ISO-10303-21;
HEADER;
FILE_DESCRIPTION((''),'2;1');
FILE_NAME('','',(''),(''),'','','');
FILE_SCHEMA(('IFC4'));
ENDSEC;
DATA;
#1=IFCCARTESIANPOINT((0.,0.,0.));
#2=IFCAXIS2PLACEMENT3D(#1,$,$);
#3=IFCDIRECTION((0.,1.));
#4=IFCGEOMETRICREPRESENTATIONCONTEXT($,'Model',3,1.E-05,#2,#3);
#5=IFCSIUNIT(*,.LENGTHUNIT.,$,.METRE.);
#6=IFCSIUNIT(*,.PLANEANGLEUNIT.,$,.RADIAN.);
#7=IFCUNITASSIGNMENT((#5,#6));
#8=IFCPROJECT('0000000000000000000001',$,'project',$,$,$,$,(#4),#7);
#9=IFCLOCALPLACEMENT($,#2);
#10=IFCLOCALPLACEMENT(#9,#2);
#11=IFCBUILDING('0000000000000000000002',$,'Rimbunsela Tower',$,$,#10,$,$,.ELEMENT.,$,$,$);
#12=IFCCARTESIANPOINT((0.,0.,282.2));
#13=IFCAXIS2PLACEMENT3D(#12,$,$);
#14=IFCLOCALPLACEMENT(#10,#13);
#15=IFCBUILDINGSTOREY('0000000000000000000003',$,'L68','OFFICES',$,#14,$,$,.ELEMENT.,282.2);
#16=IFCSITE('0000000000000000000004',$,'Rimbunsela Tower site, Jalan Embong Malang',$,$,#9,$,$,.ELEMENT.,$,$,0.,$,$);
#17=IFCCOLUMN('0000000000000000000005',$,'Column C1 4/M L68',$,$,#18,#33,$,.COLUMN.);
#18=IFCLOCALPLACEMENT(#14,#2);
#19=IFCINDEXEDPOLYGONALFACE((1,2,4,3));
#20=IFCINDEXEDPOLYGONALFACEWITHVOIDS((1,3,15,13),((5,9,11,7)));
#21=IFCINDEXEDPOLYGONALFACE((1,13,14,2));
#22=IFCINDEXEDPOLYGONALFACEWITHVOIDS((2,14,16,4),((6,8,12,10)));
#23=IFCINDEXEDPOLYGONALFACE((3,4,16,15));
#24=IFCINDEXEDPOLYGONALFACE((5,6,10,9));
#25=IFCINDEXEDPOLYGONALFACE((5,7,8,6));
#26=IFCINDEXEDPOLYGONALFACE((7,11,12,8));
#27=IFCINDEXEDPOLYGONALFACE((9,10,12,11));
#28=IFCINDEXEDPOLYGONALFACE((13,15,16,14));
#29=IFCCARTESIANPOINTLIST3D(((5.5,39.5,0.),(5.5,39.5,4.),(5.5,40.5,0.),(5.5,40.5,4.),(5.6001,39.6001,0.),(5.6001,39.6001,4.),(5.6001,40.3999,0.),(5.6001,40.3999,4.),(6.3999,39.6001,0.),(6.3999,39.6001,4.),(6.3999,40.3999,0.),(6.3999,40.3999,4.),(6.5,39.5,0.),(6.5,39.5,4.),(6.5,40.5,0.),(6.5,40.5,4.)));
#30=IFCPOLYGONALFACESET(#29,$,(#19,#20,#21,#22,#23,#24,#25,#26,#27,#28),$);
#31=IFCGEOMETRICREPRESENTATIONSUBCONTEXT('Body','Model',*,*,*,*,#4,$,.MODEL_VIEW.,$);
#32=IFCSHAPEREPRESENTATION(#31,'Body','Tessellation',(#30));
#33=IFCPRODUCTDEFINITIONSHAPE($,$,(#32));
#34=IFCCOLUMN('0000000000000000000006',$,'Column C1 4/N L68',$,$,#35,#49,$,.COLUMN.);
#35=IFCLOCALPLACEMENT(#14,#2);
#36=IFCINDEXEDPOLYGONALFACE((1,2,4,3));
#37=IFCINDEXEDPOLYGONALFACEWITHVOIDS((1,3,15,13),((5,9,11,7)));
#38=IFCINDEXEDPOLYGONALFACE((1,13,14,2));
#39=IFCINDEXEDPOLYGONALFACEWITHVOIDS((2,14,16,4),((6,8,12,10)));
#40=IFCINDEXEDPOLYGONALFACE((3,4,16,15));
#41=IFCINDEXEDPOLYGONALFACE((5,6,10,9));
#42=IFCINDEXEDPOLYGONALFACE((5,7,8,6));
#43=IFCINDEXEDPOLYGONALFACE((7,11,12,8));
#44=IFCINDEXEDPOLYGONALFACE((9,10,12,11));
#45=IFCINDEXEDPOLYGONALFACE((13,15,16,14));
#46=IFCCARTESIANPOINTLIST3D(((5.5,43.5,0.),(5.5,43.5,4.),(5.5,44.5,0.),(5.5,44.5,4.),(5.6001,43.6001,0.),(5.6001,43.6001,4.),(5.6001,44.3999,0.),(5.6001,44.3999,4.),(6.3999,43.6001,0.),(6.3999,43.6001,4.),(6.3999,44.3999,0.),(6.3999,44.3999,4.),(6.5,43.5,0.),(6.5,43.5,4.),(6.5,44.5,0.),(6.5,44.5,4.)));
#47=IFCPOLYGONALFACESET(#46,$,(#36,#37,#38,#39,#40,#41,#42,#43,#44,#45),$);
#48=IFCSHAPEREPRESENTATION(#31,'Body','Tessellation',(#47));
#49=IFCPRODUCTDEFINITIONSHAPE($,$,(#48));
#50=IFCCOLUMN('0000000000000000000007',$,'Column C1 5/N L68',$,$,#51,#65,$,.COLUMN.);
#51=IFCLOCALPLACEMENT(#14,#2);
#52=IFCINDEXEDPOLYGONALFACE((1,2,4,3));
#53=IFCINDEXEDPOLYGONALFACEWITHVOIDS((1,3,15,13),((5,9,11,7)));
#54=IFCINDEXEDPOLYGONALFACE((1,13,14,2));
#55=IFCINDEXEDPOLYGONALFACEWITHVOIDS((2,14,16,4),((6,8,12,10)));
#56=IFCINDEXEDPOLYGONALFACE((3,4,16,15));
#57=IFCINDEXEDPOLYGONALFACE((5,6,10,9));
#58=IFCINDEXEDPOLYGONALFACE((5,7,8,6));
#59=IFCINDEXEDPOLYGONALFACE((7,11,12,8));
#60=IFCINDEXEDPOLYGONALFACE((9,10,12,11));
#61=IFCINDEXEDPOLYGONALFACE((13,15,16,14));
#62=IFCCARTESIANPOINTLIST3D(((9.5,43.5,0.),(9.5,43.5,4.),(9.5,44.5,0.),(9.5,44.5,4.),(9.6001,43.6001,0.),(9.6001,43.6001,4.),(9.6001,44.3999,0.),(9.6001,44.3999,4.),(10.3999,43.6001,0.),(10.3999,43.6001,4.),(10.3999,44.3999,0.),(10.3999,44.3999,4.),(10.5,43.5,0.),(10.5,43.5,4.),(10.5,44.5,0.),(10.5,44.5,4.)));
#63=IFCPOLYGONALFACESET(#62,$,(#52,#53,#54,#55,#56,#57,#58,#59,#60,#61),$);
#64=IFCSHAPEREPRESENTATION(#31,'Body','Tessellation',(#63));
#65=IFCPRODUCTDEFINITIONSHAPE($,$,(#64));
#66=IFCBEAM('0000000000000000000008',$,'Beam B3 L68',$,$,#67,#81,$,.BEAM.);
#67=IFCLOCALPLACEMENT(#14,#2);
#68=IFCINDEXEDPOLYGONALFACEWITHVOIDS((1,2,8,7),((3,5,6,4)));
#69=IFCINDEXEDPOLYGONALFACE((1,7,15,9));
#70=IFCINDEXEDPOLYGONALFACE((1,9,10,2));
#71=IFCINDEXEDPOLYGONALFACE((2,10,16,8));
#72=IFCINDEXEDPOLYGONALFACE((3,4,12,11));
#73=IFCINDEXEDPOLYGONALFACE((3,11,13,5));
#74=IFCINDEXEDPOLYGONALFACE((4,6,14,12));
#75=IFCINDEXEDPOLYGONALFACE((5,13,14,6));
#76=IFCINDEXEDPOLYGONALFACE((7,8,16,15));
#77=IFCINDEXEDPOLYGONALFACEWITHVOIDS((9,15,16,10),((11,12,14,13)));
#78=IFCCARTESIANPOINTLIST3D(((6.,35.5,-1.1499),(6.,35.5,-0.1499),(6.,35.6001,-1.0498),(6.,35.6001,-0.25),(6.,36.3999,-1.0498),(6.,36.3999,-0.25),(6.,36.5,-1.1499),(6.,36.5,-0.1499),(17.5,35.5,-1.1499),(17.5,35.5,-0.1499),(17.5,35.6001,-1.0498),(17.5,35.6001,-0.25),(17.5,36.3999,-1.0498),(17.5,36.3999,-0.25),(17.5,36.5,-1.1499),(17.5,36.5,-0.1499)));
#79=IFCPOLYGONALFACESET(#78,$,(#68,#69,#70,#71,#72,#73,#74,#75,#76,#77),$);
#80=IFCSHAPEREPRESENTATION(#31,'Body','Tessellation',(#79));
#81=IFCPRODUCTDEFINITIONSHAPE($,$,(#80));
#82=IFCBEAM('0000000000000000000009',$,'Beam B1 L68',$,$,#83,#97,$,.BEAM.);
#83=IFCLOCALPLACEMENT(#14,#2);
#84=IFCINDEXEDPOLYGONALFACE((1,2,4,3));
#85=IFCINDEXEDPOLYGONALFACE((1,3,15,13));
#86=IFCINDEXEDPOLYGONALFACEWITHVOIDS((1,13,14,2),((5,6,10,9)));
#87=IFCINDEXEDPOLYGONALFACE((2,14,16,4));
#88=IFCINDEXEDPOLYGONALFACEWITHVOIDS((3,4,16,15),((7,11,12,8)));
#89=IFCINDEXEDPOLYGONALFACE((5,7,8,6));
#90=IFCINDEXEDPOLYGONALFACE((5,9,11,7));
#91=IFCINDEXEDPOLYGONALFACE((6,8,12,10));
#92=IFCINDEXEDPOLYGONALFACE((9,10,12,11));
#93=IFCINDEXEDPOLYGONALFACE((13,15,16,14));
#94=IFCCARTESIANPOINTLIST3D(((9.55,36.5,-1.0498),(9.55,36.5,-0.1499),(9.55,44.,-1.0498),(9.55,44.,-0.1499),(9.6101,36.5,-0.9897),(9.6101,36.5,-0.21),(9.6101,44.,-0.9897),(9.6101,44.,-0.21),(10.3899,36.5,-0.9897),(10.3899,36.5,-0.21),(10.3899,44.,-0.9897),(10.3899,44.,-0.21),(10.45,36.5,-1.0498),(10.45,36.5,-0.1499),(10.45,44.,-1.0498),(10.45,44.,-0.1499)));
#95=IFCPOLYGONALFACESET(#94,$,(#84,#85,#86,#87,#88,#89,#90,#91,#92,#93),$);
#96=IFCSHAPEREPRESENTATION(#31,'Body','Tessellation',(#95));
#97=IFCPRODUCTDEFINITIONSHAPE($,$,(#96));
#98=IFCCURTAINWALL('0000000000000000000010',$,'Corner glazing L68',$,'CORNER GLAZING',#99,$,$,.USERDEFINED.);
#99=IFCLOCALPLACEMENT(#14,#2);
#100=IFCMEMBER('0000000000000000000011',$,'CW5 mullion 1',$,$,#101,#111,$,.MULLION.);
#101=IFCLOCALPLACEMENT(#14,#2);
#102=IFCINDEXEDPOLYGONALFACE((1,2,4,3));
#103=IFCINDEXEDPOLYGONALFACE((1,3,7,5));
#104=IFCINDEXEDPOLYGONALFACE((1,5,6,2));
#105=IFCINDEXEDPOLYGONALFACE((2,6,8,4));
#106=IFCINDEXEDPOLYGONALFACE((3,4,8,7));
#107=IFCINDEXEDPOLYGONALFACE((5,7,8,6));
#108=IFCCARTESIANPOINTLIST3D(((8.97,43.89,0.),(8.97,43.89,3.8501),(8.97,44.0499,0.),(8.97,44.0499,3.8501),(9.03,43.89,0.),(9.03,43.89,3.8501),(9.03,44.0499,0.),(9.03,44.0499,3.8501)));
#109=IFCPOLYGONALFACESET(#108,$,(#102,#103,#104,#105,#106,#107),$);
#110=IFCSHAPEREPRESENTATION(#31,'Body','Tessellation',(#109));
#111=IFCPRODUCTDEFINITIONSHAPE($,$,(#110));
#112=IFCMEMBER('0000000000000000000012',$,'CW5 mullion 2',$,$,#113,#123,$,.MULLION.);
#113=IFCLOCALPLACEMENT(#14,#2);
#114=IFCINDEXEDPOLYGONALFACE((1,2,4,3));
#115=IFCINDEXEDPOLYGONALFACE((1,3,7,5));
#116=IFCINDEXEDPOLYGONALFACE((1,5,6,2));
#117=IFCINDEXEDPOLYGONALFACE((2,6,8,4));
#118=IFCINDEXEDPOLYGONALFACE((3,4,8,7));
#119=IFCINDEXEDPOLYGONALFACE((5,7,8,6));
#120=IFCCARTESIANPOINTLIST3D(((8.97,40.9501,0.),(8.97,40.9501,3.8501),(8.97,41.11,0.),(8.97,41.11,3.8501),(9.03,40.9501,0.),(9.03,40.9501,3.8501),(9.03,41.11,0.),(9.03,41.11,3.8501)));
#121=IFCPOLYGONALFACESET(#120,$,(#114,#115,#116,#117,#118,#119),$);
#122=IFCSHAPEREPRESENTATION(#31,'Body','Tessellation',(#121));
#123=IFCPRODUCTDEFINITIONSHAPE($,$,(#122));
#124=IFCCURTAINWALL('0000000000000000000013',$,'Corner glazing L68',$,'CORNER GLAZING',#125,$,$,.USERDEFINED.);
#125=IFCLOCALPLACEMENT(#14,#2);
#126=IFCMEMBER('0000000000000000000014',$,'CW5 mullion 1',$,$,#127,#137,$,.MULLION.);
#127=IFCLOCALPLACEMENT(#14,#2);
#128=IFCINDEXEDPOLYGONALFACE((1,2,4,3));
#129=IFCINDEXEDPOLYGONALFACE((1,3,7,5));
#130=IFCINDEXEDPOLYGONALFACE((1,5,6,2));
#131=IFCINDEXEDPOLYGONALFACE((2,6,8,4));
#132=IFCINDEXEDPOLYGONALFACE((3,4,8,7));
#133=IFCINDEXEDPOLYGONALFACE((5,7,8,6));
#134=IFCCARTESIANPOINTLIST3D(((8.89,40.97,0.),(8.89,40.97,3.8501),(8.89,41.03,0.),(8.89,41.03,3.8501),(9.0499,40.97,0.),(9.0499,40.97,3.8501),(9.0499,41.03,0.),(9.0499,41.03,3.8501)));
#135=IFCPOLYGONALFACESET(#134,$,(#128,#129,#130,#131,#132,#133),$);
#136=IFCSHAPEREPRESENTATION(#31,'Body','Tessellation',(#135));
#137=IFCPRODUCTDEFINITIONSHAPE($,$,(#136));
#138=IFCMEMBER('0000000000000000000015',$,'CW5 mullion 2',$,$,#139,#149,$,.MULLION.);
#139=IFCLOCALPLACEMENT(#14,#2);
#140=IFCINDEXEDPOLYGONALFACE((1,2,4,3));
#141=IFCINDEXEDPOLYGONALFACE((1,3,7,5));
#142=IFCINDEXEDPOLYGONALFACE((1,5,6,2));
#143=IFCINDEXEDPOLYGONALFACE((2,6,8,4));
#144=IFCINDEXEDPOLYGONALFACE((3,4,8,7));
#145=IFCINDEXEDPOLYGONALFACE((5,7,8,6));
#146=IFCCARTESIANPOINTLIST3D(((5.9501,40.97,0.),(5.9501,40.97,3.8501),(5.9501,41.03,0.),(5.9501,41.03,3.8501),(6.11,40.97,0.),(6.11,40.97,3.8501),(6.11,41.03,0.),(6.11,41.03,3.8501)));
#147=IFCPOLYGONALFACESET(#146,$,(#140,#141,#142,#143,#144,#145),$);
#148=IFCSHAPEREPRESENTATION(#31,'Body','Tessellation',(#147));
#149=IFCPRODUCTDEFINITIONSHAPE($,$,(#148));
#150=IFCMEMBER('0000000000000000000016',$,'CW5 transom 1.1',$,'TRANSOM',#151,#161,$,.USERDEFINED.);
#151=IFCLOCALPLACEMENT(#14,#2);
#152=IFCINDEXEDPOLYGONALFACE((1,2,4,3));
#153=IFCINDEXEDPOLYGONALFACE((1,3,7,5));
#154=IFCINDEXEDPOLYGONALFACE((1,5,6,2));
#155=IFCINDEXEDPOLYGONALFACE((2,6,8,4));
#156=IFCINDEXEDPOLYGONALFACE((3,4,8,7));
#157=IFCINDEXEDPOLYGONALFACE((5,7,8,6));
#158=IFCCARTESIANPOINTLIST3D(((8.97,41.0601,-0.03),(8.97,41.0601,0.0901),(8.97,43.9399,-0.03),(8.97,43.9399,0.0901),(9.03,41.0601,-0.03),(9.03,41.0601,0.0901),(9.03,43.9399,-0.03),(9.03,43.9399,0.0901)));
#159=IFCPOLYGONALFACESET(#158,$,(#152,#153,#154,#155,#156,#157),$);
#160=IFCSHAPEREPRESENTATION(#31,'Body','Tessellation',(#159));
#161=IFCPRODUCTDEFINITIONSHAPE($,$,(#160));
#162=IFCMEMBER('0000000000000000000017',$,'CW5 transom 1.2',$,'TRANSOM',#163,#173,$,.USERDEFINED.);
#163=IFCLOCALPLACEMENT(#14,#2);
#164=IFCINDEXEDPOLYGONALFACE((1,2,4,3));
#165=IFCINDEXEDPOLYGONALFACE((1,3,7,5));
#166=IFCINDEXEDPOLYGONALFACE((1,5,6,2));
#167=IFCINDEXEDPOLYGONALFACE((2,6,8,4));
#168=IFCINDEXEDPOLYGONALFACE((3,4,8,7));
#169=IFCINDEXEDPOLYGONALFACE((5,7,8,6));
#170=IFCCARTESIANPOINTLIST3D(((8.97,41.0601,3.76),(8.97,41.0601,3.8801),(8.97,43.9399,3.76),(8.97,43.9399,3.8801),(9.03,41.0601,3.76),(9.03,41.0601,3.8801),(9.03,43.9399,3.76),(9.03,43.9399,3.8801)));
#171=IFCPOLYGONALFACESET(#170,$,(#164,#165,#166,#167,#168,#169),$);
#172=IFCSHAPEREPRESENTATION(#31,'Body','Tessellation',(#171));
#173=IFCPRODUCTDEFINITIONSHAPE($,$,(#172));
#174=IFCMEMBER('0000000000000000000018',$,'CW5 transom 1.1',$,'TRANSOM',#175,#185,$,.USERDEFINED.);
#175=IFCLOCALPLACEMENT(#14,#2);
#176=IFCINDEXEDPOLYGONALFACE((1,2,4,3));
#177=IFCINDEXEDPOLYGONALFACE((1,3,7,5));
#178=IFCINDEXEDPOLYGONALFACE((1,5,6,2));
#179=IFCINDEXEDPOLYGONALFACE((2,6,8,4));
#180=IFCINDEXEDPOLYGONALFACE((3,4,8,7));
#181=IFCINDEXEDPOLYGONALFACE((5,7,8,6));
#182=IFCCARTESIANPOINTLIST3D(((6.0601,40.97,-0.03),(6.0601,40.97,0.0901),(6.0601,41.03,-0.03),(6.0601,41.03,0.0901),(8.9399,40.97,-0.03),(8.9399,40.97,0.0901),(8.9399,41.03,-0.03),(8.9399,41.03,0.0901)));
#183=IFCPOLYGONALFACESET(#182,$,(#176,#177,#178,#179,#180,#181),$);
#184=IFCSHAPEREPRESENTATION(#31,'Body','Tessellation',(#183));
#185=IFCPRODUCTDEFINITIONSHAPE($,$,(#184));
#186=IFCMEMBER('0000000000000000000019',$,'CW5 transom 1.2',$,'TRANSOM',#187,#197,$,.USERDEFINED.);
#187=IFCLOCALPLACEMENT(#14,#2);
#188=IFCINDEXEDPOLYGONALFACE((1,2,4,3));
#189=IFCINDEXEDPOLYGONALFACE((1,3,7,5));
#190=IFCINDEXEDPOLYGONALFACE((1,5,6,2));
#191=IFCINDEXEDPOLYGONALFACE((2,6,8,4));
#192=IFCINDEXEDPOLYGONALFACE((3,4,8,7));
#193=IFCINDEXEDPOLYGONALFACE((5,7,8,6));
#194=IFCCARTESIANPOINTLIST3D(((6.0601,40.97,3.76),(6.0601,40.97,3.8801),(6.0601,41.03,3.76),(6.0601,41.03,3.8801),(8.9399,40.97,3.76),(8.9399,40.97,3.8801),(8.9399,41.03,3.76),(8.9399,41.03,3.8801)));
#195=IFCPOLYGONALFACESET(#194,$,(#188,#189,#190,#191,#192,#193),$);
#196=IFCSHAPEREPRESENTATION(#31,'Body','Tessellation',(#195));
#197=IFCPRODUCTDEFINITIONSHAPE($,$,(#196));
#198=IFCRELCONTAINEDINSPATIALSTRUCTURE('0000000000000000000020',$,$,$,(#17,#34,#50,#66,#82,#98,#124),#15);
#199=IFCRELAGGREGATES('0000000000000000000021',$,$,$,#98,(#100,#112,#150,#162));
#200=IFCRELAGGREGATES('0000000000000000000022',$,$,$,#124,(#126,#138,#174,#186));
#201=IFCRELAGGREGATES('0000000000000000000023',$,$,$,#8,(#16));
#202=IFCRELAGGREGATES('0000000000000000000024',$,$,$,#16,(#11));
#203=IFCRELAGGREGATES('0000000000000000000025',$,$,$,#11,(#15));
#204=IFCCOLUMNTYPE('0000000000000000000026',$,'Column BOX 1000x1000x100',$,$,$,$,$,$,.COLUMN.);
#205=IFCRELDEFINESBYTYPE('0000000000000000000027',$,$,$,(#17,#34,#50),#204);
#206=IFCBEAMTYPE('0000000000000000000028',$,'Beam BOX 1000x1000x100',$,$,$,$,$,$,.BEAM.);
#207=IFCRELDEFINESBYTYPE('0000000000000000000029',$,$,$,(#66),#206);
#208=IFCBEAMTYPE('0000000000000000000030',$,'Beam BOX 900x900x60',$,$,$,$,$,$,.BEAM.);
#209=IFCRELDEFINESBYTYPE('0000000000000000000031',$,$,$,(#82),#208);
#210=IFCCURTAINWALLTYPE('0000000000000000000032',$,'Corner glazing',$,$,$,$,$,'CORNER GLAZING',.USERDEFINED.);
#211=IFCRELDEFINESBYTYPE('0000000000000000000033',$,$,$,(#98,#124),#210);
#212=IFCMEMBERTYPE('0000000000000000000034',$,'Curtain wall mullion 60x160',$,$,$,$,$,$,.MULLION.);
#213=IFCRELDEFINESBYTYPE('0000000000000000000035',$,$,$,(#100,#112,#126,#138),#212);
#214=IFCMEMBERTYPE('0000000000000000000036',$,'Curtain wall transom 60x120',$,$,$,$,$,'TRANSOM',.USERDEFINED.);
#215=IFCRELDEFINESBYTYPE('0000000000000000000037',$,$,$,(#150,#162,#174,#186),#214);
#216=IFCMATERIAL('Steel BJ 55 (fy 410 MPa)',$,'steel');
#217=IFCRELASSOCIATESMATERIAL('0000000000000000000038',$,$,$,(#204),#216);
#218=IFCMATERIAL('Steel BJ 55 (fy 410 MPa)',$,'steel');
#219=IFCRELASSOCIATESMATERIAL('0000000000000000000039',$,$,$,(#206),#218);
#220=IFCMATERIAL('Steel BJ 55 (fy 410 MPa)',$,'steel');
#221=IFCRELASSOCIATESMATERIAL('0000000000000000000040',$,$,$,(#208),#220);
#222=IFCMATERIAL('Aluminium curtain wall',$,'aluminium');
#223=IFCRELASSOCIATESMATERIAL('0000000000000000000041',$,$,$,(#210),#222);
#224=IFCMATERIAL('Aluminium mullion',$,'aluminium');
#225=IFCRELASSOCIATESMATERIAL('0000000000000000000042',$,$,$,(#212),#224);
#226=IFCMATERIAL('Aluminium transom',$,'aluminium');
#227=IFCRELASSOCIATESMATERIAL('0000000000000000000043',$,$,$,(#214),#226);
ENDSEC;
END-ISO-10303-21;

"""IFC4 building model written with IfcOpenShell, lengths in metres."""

from ifc_helpers import new_model, si_unit, direction, frame, origin, origin_2d, place, context, subcontext, project, spatial, rectangle, hollow_rectangle, extrude, material, material_profile, profile_set, type_object, element, aggregate, save


model = new_model("IFC4")

# Units and contexts
model_context = context("Model", 3, precision=1e-05, world=origin(), true_north=direction((0.0, 1.0)))
body_context = subcontext(model_context, "Body", "Model", "MODEL_VIEW")
ifc_project = project(units=[si_unit("LENGTHUNIT", "METRE"), si_unit("PLANEANGLEUNIT", "RADIAN")], contexts=[model_context])

# Site, building, storey
site_placement = place(None, origin())
site = spatial("IfcSite", under=ifc_project, at=site_placement, Name="Rimbunsela Tower site, Jalan Embong Malang", CompositionType="ELEMENT", RefElevation=0.0)
building_placement = place(site_placement, origin())
building = spatial("IfcBuilding", under=site, at=building_placement, Name="Rimbunsela Tower", CompositionType="ELEMENT")
storey_placement = place(building_placement, frame((0.0, 0.0, 282.2)))
storey = spatial("IfcBuildingStorey", under=building, at=storey_placement, Name="L68", Description="OFFICES", CompositionType="ELEMENT", Elevation=282.2)

# Columns
ifc_material_1 = material(Name="Steel BJ 55 (fy 410 MPa)", Category="steel")
ifc_material_profile_1 = material_profile(ifc_material_1, hollow_rectangle(XDim=1.0, YDim=1.0, WallThickness=0.1001, at=origin_2d()), Name="BOX 1000x1000x100")
ifc_profile_set_1 = profile_set([ifc_material_profile_1], Name="Steel BJ 55 (fy 410 MPa)")
column_type = type_object("IfcColumnType", Name="Column BOX 1000x1000x100", PredefinedType="COLUMN", material=ifc_profile_set_1)
for number, where, z_axis, x_axis, name in (
    (1, (6.0, 40.0, 0.0), (0.0, 0.0, 1.0), (1.0, 0.0, 0.0), "Column C1 4/M L68"),
    (2, (6.0, 44.0, 0.0), (0.0, 0.0, 1.0), (1.0, 0.0, 0.0), "Column C1 4/N L68"),
    (3, (10.0, 44.0, 0.0), (0.0, 0.0, 1.0), (1.0, 0.0, 0.0), "Column C1 5/N L68"),
):
    element("IfcColumn", number, at=place(storey_placement, frame(where, z_axis=z_axis, x_axis=x_axis)), inside=storey, type_object=column_type, Name=name, PredefinedType="COLUMN", context=body_context, shape_type="SweptSolid", body=[
        extrude(hollow_rectangle(XDim=1.0, YDim=1.0, WallThickness=0.1001, at=origin_2d()), origin(), (0.0, 0.0, 1.0), 4.0),
    ])

# Beams
ifc_material_2 = material(Name="Steel BJ 55 (fy 410 MPa)", Category="steel")
ifc_material_profile_2 = material_profile(ifc_material_2, hollow_rectangle(XDim=1.0, YDim=1.0, WallThickness=0.1001, at=origin_2d()), Name="BOX 1000x1000x100")
ifc_profile_set_2 = profile_set([ifc_material_profile_2], Name="Steel BJ 55 (fy 410 MPa)")
beam_type_1 = type_object("IfcBeamType", Name="Beam BOX 1000x1000x100", PredefinedType="BEAM", material=ifc_profile_set_2)
beam_1_placement = place(storey_placement, frame((6.0, 36.0, -0.6499), z_axis=(1.0, 0.0, 0.0), x_axis=(0.0, 1.0, 0.0)))
element("IfcBeam", 4, at=beam_1_placement, inside=storey, type_object=beam_type_1, Name="Beam B3 L68", PredefinedType="BEAM", context=body_context, shape_type="SweptSolid", body=[
    extrude(hollow_rectangle(XDim=1.0, YDim=1.0, WallThickness=0.1001, at=origin_2d()), origin(), (0.0, 0.0, 1.0), 11.5),
])
ifc_material_3 = material(Name="Steel BJ 55 (fy 410 MPa)", Category="steel")
ifc_material_profile_3 = material_profile(ifc_material_3, hollow_rectangle(XDim=0.8999, YDim=0.8999, WallThickness=0.0601, at=origin_2d()), Name="BOX 900x900x60")
ifc_profile_set_3 = profile_set([ifc_material_profile_3], Name="Steel BJ 55 (fy 410 MPa)")
beam_type_2 = type_object("IfcBeamType", Name="Beam BOX 900x900x60", PredefinedType="BEAM", material=ifc_profile_set_3)
beam_2_placement = place(storey_placement, frame((10.0, 36.5, -0.5999), z_axis=(0.0, 1.0, 0.0), x_axis=(-1.0, 0.0, 0.0)))
element("IfcBeam", 5, at=beam_2_placement, inside=storey, type_object=beam_type_2, Name="Beam B1 L68", PredefinedType="BEAM", context=body_context, shape_type="SweptSolid", body=[
    extrude(hollow_rectangle(XDim=0.8999, YDim=0.8999, WallThickness=0.0601, at=origin_2d()), origin(), (0.0, 0.0, 1.0), 7.5),
])

# Curtain walls, members
ifc_material_4 = material(Name="Aluminium curtain wall", Category="aluminium")
curtain_wall_type = type_object("IfcCurtainWallType", Name="Corner glazing", ElementType="CORNER GLAZING", PredefinedType="USERDEFINED", material=ifc_material_4)
curtain_wall_1_placement = place(storey_placement, origin())
curtain_wall_1 = element("IfcCurtainWall", 6, at=curtain_wall_1_placement, inside=storey, type_object=curtain_wall_type, Name="Corner glazing L68", ObjectType="CORNER GLAZING", PredefinedType="USERDEFINED")
ifc_material_5 = material(Name="Aluminium mullion", Category="aluminium")
ifc_material_profile_4 = material_profile(ifc_material_5, rectangle(XDim=0.0601, YDim=0.1599, at=origin_2d()), Name="Mullion 60x160")
ifc_profile_set_4 = profile_set([ifc_material_profile_4], Name="Aluminium mullion")
member_type_1 = type_object("IfcMemberType", Name="Curtain wall mullion 60x160", PredefinedType="MULLION", material=ifc_profile_set_4)
member_1_placement = place(storey_placement, frame((9.0, 43.97, 0.0), z_axis=(0.0, 0.0, 1.0), x_axis=(1.0, 0.0, 0.0)))
member_1 = element("IfcMember", 7, at=member_1_placement, type_object=member_type_1, Name="CW5 mullion 1", PredefinedType="MULLION", context=body_context, shape_type="SweptSolid", body=[
    extrude(rectangle(XDim=0.0601, YDim=0.1599, at=origin_2d()), origin(), (0.0, 0.0, 1.0), 3.8501),
])
member_2_placement = place(storey_placement, frame((9.0, 41.03, 0.0), z_axis=(0.0, 0.0, 1.0), x_axis=(1.0, 0.0, 0.0)))
member_2 = element("IfcMember", 8, at=member_2_placement, type_object=member_type_1, Name="CW5 mullion 2", PredefinedType="MULLION", context=body_context, shape_type="SweptSolid", body=[
    extrude(rectangle(XDim=0.0601, YDim=0.1599, at=origin_2d()), origin(), (0.0, 0.0, 1.0), 3.8501),
])
curtain_wall_2_placement = place(storey_placement, origin())
curtain_wall_2 = element("IfcCurtainWall", 9, at=curtain_wall_2_placement, inside=storey, type_object=curtain_wall_type, Name="Corner glazing L68", ObjectType="CORNER GLAZING", PredefinedType="USERDEFINED")
member_3_placement = place(storey_placement, frame((8.97, 41.0, 0.0), z_axis=(0.0, 0.0, 1.0), x_axis=(0.0, -1.0, 0.0)))
member_3 = element("IfcMember", 10, at=member_3_placement, type_object=member_type_1, Name="CW5 mullion 1", PredefinedType="MULLION", context=body_context, shape_type="SweptSolid", body=[
    extrude(rectangle(XDim=0.0601, YDim=0.1599, at=origin_2d()), origin(), (0.0, 0.0, 1.0), 3.8501),
])
member_4_placement = place(storey_placement, frame((6.03, 41.0, 0.0), z_axis=(0.0, 0.0, 1.0), x_axis=(0.0, -1.0, 0.0)))
member_4 = element("IfcMember", 11, at=member_4_placement, type_object=member_type_1, Name="CW5 mullion 2", PredefinedType="MULLION", context=body_context, shape_type="SweptSolid", body=[
    extrude(rectangle(XDim=0.0601, YDim=0.1599, at=origin_2d()), origin(), (0.0, 0.0, 1.0), 3.8501),
])

# Members
ifc_material_6 = material(Name="Aluminium transom", Category="aluminium")
ifc_material_profile_5 = material_profile(ifc_material_6, rectangle(XDim=0.0601, YDim=0.1201, at=origin_2d()), Name="Transom 60x120")
ifc_profile_set_5 = profile_set([ifc_material_profile_5], Name="Aluminium transom")
member_type_2 = type_object("IfcMemberType", Name="Curtain wall transom 60x120", ElementType="TRANSOM", PredefinedType="USERDEFINED", material=ifc_profile_set_5)
member_5_placement = place(storey_placement, frame((9.0, 43.9399, 0.03), z_axis=(0.0, -1.0, 0.0), x_axis=(1.0, 0.0, 0.0)))
member_5 = element("IfcMember", 12, at=member_5_placement, type_object=member_type_2, Name="CW5 transom 1.1", ObjectType="TRANSOM", PredefinedType="USERDEFINED", context=body_context, shape_type="SweptSolid", body=[
    extrude(rectangle(XDim=0.0601, YDim=0.1201, at=origin_2d()), origin(), (0.0, 0.0, 1.0), 2.8799),
])
member_6_placement = place(storey_placement, frame((9.0, 43.9399, 3.8201), z_axis=(0.0, -1.0, 0.0), x_axis=(1.0, 0.0, 0.0)))
member_6 = element("IfcMember", 13, at=member_6_placement, type_object=member_type_2, Name="CW5 transom 1.2", ObjectType="TRANSOM", PredefinedType="USERDEFINED", context=body_context, shape_type="SweptSolid", body=[
    extrude(rectangle(XDim=0.0601, YDim=0.1201, at=origin_2d()), origin(), (0.0, 0.0, 1.0), 2.8799),
])
member_7_placement = place(storey_placement, frame((8.9399, 41.0, 0.03), z_axis=(-1.0, 0.0, 0.0), x_axis=(0.0, -1.0, 0.0)))
member_7 = element("IfcMember", 14, at=member_7_placement, type_object=member_type_2, Name="CW5 transom 1.1", ObjectType="TRANSOM", PredefinedType="USERDEFINED", context=body_context, shape_type="SweptSolid", body=[
    extrude(rectangle(XDim=0.0601, YDim=0.1201, at=origin_2d()), origin(), (0.0, 0.0, 1.0), 2.8799),
])
member_8_placement = place(storey_placement, frame((8.9399, 41.0, 3.8201), z_axis=(-1.0, 0.0, 0.0), x_axis=(0.0, -1.0, 0.0)))
member_8 = element("IfcMember", 15, at=member_8_placement, type_object=member_type_2, Name="CW5 transom 1.2", ObjectType="TRANSOM", PredefinedType="USERDEFINED", context=body_context, shape_type="SweptSolid", body=[
    extrude(rectangle(XDim=0.0601, YDim=0.1201, at=origin_2d()), origin(), (0.0, 0.0, 1.0), 2.8799),
])

aggregate(curtain_wall_1, [member_1, member_2, member_5, member_6])
aggregate(curtain_wall_2, [member_3, member_4, member_7, member_8])

save(model, "model.ifc")
